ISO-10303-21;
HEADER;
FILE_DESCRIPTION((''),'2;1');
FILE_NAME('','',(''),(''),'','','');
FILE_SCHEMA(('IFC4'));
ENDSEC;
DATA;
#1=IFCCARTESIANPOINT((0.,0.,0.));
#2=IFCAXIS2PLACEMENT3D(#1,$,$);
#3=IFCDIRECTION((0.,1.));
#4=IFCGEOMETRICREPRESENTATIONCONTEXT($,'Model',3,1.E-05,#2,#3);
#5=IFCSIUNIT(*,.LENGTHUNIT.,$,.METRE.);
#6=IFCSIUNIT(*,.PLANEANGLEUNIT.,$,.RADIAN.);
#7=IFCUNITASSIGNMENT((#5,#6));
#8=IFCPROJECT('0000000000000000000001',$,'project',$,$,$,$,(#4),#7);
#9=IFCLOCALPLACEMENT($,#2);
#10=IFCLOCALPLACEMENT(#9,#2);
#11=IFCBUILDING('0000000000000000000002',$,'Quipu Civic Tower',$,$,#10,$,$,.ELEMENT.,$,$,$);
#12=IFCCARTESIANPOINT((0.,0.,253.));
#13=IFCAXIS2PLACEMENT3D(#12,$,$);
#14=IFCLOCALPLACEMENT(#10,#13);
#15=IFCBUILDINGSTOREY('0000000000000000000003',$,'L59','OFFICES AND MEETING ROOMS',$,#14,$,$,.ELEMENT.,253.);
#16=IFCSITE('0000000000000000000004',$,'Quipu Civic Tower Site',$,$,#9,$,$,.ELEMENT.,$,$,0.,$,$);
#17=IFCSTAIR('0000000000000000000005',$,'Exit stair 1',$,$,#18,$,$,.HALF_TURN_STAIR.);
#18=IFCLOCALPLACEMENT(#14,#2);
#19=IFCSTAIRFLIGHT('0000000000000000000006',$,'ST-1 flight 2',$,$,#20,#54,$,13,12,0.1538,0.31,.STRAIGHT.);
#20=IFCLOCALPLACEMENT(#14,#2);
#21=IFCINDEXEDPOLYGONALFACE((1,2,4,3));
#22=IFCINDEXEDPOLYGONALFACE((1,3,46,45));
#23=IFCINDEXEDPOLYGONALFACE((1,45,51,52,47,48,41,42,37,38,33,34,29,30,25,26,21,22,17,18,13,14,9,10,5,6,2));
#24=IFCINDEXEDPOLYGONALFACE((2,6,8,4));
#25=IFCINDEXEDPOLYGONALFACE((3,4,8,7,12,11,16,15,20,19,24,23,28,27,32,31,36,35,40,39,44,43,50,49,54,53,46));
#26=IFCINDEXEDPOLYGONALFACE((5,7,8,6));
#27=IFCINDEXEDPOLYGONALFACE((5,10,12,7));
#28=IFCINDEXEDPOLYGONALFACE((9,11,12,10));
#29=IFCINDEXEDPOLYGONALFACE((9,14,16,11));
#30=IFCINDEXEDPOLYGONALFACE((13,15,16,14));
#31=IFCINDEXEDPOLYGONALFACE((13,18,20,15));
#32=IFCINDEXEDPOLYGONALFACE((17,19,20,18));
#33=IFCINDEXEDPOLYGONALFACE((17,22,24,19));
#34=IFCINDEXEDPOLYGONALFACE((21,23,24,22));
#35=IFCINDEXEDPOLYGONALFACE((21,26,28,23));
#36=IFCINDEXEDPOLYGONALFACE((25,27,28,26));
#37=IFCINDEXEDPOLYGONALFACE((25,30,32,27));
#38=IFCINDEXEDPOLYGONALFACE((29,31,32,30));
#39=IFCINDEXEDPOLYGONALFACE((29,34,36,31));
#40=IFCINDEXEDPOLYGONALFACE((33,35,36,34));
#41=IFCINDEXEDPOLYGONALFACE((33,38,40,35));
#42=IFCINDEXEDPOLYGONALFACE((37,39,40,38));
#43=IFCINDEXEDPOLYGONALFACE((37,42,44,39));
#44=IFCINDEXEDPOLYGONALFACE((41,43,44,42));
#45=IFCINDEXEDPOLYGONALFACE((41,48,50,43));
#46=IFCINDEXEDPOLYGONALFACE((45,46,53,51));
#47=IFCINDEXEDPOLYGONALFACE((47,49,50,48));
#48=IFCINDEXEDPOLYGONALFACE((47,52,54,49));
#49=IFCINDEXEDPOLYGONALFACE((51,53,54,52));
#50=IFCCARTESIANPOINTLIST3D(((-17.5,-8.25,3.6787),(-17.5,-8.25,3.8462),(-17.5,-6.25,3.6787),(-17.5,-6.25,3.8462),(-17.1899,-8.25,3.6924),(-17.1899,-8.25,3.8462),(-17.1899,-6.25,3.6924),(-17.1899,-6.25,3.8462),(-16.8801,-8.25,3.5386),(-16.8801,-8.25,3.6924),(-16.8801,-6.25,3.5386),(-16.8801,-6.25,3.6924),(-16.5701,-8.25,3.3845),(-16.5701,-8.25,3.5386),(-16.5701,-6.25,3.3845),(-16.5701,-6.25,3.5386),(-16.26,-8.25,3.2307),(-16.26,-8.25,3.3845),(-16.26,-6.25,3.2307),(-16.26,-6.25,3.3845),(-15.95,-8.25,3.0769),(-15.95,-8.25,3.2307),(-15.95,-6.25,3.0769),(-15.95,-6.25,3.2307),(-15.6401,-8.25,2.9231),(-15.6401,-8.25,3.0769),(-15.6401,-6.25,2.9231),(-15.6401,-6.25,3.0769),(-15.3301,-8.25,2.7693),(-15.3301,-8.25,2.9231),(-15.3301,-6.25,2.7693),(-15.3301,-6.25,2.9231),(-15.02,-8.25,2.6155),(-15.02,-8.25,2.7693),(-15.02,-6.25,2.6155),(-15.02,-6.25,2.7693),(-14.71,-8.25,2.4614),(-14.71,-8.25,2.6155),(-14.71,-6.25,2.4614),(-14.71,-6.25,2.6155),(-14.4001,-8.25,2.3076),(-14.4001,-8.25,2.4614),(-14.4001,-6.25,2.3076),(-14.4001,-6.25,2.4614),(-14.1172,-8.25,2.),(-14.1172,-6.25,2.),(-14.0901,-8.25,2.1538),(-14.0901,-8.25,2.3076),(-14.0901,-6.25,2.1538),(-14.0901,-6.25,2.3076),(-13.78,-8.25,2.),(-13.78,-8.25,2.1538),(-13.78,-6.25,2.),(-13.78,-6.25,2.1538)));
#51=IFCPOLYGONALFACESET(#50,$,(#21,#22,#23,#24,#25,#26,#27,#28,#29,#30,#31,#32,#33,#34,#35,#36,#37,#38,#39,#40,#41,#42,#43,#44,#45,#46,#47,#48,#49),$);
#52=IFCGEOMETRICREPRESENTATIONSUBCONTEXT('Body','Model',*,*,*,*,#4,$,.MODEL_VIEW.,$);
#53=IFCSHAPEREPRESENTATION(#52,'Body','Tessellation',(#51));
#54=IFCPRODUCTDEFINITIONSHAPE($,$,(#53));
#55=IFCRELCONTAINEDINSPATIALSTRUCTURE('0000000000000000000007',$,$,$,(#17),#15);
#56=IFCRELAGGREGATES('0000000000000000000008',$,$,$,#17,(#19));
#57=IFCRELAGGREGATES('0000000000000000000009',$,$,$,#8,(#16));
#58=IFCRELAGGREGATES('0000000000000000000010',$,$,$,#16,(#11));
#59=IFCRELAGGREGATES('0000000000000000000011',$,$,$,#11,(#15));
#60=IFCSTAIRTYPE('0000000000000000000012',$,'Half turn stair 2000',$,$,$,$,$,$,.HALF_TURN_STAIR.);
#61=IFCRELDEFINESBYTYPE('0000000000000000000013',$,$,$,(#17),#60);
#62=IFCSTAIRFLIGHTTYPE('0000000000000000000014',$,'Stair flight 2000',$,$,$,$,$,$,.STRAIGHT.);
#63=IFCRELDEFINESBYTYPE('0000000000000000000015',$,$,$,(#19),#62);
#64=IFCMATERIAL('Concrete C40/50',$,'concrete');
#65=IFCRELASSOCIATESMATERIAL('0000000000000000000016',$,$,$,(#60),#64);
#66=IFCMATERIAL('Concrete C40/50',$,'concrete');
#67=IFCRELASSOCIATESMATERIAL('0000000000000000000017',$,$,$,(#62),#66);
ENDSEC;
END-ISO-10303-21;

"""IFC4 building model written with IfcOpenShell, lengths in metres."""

from ifc_helpers import new_model, si_unit, direction, frame, origin, place, context, subcontext, project, spatial, polyline, outline, extrude, material, type_object, element, aggregate, save


model = new_model("IFC4")

# Units and contexts
model_context = context("Model", 3, precision=1e-05, world=origin(), true_north=direction((0.0, 1.0)))
body_context = subcontext(model_context, "Body", "Model", "MODEL_VIEW")
ifc_project = project(units=[si_unit("LENGTHUNIT", "METRE"), si_unit("PLANEANGLEUNIT", "RADIAN")], contexts=[model_context])

# Site, building, storey
site_placement = place(None, origin())
site = spatial("IfcSite", under=ifc_project, at=site_placement, Name="Quipu Civic Tower Site", CompositionType="ELEMENT", RefElevation=0.0)
building_placement = place(site_placement, origin())
building = spatial("IfcBuilding", under=site, at=building_placement, Name="Quipu Civic Tower", CompositionType="ELEMENT")
storey_placement = place(building_placement, frame((0.0, 0.0, 253.0)))
storey = spatial("IfcBuildingStorey", under=building, at=storey_placement, Name="L59", Description="OFFICES AND MEETING ROOMS", CompositionType="ELEMENT", Elevation=253.0)

# Stair, stair flight
ifc_material_1 = material(Name="Concrete C40/50", Category="concrete")
stair_type = type_object("IfcStairType", Name="Half turn stair 2000", PredefinedType="HALF_TURN_STAIR", material=ifc_material_1)
stair_placement = place(storey_placement, origin())
stair = element("IfcStair", 1, at=stair_placement, inside=storey, type_object=stair_type, Name="Exit stair 1", PredefinedType="HALF_TURN_STAIR")
ifc_material_2 = material(Name="Concrete C40/50", Category="concrete")
stair_flight_type = type_object("IfcStairFlightType", Name="Stair flight 2000", PredefinedType="STRAIGHT", material=ifc_material_2)
stair_flight_1_placement = place(storey_placement, frame((-13.78, -7.25, 2.0), z_axis=(0.0, 0.0, 1.0), x_axis=(-1.0, 0.0, 0.0)))
stair_flight_1 = element("IfcStairFlight", 2, at=stair_flight_1_placement, type_object=stair_flight_type, Name="ST-1 flight 2", NumberOfRisers=13, NumberOfTreads=12, PredefinedType="STRAIGHT", RiserHeight=0.1538, TreadLength=0.31, context=body_context, shape_type="SweptSolid", body=[
    extrude(outline(polyline([(0.0, 0.0), (0.0, 0.1538), (0.3101, 0.1538), (0.3101, 0.3076), (0.6201, 0.3076), (0.6201, 0.4614), (0.9299, 0.4614), (0.9299, 0.6155), (1.24, 0.6155), (1.24, 0.7693), (1.55, 0.7693), (1.55, 0.9231), (1.8601, 0.9231), (1.8601, 1.0769), (2.1699, 1.0769), (2.1699, 1.2307), (2.48, 1.2307), (2.48, 1.3845), (2.79, 1.3845), (2.79, 1.5386), (3.1001, 1.5386), (3.1001, 1.6924), (3.4099, 1.6924), (3.4099, 1.8462), (3.72, 1.8462), (3.72, 2.0), (3.72, 1.6787), (0.3372, 0.0), (0.0, 0.0)])), frame((0.0, 1.0, 0.0), z_axis=(0.0, -1.0, 0.0), x_axis=(1.0, 0.0, 0.0)), (0.0, 0.0, 1.0), 2.0),
])
aggregate(stair, [stair_flight_1])

save(model, "model.ifc")
